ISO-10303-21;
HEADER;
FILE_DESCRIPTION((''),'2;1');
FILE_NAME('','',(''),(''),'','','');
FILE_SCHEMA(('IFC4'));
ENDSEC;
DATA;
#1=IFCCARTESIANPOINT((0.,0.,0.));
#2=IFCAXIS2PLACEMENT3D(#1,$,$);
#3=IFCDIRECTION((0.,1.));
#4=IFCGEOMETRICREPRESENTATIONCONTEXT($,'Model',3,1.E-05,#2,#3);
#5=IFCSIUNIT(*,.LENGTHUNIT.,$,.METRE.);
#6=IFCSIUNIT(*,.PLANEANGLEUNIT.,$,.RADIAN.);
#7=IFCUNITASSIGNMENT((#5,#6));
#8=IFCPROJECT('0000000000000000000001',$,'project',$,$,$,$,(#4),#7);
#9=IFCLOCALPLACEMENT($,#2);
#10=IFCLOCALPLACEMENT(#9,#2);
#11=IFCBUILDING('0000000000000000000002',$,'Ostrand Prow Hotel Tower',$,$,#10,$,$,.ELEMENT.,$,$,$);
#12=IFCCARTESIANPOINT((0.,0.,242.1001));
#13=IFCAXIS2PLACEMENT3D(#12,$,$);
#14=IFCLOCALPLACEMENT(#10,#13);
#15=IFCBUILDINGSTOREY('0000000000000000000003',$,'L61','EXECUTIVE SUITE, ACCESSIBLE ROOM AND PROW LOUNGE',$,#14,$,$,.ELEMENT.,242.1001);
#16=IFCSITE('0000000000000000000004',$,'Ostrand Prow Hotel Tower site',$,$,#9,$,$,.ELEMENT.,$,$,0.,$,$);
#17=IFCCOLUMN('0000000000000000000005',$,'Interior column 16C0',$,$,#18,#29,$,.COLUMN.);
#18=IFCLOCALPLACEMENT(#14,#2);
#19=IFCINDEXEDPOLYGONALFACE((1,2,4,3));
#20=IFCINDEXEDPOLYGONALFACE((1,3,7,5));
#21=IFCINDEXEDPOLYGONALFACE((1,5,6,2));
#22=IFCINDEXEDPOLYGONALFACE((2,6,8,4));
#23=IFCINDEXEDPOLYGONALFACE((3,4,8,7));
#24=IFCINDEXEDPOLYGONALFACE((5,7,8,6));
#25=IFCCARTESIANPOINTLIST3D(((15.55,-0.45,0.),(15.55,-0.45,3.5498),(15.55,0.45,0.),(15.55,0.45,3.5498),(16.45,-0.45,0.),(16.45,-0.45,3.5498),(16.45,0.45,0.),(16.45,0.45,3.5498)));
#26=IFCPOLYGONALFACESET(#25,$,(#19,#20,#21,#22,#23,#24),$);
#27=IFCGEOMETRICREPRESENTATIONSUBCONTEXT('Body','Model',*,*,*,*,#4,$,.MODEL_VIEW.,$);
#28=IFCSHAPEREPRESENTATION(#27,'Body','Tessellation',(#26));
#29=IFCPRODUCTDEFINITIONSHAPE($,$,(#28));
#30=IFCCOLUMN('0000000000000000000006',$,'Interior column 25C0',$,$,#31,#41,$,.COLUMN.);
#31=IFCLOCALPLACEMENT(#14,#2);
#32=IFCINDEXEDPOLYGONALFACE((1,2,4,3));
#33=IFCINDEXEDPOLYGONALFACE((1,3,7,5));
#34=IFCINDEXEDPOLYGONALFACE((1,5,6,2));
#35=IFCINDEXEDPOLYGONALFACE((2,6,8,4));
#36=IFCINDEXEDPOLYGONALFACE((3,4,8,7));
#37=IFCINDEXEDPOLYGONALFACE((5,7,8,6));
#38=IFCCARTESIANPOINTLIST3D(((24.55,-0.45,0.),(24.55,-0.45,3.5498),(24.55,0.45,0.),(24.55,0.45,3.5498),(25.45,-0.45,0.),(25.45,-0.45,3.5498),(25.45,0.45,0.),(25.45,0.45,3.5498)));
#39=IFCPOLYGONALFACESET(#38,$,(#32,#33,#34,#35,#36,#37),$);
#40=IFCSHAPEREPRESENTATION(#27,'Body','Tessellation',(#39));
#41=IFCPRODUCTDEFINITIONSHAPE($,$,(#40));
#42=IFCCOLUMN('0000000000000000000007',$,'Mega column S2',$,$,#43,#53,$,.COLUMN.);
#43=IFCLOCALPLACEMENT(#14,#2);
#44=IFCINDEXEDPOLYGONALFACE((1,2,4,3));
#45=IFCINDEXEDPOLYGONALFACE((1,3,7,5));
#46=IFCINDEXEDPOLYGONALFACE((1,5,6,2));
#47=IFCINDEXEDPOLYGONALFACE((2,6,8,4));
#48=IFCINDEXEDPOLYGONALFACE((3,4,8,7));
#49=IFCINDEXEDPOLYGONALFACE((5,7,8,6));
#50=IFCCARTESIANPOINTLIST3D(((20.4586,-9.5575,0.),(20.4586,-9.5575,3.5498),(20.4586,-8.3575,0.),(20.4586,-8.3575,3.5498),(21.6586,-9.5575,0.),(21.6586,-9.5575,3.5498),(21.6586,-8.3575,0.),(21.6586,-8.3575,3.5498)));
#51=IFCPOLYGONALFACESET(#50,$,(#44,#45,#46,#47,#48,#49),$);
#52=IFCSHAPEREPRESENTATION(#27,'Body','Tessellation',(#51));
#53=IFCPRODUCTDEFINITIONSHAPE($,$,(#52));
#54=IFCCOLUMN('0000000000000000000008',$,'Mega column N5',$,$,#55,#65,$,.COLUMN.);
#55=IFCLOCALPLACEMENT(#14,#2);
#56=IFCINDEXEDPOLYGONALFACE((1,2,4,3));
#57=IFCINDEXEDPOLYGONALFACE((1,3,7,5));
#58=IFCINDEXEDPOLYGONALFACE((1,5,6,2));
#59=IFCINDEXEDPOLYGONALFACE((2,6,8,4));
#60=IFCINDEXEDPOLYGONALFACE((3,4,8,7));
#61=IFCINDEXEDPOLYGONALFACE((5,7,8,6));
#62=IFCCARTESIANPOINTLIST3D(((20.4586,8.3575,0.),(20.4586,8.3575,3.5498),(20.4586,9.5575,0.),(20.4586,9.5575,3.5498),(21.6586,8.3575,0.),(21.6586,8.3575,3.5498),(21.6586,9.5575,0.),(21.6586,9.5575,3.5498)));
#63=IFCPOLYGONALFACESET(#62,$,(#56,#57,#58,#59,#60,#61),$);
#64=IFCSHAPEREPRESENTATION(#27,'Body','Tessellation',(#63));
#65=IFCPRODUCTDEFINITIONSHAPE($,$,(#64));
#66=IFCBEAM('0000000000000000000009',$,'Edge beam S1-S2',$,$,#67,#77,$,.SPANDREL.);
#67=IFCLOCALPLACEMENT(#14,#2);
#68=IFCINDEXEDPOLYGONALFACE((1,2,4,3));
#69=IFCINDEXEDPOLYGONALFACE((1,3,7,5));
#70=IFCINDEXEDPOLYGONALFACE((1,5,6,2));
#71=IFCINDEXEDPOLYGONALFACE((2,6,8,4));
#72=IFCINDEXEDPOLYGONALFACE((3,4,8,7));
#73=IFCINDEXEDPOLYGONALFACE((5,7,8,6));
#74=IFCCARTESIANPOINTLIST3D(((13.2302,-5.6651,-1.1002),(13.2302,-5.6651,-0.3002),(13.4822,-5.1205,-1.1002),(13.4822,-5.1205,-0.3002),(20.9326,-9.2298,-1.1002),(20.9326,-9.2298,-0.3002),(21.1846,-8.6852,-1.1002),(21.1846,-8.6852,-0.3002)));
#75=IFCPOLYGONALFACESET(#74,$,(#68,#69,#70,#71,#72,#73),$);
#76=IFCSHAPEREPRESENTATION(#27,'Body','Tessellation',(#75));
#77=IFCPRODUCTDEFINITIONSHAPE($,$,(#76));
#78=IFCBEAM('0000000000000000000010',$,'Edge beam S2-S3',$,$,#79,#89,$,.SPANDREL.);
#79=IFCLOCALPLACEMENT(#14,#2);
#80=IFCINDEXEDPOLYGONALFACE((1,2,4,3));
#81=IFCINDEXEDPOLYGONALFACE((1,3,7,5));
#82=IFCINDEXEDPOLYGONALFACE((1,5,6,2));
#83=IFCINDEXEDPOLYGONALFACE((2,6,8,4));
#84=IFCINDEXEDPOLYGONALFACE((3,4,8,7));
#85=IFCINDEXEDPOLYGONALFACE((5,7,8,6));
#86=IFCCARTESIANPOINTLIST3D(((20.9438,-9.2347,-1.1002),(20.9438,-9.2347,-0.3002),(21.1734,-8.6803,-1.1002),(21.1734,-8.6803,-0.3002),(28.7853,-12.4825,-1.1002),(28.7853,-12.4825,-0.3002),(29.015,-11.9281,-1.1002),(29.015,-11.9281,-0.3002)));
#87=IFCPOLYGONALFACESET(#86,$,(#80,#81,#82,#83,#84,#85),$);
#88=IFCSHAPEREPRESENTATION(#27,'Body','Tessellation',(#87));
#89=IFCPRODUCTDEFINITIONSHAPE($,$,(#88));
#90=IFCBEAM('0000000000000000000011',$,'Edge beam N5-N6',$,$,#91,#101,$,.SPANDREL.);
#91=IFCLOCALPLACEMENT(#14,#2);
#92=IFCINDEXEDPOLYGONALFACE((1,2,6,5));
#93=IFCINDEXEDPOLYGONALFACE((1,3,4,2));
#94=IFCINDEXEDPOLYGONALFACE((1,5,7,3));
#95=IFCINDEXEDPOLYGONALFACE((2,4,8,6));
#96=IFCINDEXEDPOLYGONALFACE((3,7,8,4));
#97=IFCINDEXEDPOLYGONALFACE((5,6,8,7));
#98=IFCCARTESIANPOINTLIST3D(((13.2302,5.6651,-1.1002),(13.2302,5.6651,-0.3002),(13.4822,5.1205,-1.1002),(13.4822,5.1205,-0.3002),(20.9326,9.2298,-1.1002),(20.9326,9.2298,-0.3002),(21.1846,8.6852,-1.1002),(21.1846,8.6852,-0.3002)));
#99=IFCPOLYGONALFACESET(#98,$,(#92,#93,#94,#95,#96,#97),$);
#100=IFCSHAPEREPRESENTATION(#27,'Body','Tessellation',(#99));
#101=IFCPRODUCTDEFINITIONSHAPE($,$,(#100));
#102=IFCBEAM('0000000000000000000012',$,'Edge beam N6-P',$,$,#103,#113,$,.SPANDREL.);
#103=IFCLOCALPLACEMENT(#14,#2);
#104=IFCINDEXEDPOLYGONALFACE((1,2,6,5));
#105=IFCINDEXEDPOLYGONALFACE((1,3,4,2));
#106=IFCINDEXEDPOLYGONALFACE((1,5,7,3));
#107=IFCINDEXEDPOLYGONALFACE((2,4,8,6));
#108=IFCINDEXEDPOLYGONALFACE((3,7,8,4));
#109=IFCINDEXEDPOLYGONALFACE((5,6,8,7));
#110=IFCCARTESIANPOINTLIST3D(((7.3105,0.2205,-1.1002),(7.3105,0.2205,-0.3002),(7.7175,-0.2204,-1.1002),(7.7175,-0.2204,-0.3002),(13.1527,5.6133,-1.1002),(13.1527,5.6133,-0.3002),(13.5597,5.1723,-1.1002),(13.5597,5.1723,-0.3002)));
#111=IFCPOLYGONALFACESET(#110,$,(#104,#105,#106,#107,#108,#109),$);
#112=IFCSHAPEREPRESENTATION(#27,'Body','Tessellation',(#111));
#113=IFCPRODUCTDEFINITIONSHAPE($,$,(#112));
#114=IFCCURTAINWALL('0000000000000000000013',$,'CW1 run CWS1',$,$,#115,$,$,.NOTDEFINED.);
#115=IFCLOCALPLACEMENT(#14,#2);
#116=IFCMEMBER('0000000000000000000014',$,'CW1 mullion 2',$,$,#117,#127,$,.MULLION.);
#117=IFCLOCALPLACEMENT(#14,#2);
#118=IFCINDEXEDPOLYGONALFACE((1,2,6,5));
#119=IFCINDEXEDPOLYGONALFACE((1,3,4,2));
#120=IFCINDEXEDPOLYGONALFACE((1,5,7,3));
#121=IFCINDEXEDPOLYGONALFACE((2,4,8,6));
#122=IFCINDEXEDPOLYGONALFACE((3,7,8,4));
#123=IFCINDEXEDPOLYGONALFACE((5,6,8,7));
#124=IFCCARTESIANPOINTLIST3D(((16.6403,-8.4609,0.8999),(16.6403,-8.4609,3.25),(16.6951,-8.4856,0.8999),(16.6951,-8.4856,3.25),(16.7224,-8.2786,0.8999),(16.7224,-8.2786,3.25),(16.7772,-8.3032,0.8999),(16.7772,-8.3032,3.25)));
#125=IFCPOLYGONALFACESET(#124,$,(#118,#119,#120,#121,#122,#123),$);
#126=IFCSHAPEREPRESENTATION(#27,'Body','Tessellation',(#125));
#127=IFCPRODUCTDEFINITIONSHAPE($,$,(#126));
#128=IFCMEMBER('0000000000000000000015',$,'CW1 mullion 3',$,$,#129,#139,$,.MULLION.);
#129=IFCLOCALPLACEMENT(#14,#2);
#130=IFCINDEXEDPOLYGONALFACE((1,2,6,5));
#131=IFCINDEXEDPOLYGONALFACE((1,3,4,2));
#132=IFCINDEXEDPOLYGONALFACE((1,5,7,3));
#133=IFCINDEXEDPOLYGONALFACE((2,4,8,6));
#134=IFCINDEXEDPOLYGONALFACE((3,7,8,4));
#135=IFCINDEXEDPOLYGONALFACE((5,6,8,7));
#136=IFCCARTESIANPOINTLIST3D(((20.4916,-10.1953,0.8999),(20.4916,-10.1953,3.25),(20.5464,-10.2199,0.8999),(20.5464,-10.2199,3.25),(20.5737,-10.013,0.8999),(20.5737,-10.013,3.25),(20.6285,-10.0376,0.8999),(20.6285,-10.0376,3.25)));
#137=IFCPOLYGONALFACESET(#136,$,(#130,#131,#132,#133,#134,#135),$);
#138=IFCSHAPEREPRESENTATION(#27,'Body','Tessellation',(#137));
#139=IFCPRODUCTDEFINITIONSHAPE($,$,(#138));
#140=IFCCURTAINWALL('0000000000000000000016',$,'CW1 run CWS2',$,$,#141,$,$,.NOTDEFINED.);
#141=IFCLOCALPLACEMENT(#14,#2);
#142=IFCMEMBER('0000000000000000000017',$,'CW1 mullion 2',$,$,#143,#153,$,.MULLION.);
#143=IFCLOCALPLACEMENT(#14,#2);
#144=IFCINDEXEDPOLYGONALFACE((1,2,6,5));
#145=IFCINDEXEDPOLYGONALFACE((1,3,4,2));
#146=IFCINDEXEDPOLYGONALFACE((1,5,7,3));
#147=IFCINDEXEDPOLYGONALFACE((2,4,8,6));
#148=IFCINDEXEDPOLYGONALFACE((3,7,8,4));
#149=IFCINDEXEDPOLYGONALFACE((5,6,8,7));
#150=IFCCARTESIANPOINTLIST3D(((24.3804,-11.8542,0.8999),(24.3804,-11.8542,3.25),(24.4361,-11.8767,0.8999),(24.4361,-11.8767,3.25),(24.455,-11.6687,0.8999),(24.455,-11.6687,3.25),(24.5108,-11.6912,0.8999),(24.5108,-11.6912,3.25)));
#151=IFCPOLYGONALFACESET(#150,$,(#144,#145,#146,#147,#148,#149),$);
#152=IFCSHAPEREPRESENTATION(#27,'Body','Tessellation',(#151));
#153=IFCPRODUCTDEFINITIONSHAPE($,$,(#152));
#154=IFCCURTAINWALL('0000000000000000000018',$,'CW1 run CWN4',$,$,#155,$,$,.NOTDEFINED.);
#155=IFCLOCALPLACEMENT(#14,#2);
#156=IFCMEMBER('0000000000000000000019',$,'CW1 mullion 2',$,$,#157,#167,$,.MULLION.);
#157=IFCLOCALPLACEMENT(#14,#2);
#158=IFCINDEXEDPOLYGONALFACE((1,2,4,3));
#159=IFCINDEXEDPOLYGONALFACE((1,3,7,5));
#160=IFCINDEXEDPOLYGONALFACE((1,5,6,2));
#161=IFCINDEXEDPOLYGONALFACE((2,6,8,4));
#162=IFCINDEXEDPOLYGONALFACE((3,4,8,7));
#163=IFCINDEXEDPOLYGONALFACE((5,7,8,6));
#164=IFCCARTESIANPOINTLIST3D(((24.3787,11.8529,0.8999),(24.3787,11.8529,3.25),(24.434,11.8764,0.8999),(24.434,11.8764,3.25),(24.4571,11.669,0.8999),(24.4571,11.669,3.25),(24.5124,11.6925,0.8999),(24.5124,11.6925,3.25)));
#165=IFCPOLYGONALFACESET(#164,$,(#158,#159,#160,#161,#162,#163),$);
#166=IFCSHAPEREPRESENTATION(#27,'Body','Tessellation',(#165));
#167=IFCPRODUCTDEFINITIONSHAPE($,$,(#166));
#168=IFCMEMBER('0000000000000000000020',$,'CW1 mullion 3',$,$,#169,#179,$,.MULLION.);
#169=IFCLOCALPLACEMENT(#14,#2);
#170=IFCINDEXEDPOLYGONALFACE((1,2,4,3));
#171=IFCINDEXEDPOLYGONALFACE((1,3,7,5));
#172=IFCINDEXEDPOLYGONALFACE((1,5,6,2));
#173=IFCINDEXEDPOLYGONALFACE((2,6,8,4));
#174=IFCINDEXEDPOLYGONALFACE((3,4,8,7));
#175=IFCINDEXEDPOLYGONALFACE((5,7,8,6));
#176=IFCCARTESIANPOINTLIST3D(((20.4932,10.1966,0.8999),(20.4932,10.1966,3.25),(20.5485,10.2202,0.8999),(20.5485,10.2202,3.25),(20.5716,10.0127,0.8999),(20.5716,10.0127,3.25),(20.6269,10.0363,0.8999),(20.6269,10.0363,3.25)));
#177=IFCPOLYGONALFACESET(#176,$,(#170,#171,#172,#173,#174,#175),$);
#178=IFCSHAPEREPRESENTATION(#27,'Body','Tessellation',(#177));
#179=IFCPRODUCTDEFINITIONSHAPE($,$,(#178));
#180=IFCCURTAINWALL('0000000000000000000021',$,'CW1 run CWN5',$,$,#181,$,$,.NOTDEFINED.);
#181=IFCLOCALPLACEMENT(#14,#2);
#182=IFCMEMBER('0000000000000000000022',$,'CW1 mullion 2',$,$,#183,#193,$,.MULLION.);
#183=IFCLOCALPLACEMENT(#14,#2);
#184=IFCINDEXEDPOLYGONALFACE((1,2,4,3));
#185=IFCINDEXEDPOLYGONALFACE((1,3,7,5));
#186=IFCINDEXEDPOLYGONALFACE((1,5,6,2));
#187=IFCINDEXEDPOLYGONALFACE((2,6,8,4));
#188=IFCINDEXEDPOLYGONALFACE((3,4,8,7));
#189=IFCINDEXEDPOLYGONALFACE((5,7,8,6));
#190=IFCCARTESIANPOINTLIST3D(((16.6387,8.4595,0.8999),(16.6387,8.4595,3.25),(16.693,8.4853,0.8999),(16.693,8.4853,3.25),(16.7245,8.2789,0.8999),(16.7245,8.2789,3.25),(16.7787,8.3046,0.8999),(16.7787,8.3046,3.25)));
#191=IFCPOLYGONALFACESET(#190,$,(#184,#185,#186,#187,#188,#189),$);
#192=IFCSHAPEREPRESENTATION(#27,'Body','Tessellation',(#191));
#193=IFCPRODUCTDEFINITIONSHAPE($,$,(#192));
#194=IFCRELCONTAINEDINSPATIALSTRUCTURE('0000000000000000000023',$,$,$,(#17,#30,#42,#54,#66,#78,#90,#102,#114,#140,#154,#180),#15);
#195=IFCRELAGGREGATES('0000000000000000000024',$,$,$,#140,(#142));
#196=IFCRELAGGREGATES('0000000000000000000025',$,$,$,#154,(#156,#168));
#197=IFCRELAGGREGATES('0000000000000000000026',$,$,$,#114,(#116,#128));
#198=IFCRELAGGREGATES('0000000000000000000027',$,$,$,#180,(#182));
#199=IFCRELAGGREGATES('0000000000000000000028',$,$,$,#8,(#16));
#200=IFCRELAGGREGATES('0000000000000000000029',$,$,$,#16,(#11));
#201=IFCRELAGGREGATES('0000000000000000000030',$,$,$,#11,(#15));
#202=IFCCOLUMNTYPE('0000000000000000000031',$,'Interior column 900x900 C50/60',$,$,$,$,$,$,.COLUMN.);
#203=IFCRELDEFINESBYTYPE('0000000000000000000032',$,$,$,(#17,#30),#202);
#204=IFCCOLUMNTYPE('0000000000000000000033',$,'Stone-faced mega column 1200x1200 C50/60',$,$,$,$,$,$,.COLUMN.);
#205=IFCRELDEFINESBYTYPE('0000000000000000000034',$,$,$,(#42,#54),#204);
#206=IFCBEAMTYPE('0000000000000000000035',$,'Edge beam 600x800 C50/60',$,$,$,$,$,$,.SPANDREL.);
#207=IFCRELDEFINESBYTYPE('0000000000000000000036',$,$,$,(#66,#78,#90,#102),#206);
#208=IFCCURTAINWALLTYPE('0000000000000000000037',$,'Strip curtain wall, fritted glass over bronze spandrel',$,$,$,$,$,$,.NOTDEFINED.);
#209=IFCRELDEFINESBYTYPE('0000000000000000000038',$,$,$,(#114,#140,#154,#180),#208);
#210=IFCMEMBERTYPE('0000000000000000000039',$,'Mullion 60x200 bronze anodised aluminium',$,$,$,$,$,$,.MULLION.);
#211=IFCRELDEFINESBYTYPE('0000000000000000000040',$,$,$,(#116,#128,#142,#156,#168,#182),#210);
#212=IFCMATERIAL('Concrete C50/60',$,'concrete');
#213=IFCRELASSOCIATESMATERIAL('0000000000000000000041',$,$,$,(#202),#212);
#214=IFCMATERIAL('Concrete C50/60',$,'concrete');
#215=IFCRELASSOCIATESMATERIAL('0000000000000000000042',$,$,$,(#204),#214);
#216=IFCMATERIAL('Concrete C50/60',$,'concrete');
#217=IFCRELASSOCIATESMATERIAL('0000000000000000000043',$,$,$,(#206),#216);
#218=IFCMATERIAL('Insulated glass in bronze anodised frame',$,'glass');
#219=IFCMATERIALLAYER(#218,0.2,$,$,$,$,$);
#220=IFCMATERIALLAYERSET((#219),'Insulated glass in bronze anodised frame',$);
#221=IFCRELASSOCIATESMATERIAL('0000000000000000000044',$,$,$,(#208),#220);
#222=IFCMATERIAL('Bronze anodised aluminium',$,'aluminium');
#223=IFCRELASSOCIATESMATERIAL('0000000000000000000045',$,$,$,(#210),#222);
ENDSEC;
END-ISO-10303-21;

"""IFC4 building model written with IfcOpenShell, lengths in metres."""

from ifc_helpers import new_model, si_unit, direction, frame, origin, origin_2d, place, context, subcontext, project, spatial, rectangle, extrude, material, layer, layer_set, material_profile, profile_set, type_object, element, aggregate, save


model = new_model("IFC4")

# Units and contexts
model_context = context("Model", 3, precision=1e-05, world=origin(), true_north=direction((0.0, 1.0)))
body_context = subcontext(model_context, "Body", "Model", "MODEL_VIEW")
ifc_project = project(units=[si_unit("LENGTHUNIT", "METRE"), si_unit("PLANEANGLEUNIT", "RADIAN")], contexts=[model_context])

# Site, building, storey
site_placement = place(None, origin())
site = spatial("IfcSite", under=ifc_project, at=site_placement, Name="Ostrand Prow Hotel Tower site", CompositionType="ELEMENT", RefElevation=0.0)
building_placement = place(site_placement, origin())
building = spatial("IfcBuilding", under=site, at=building_placement, Name="Ostrand Prow Hotel Tower", CompositionType="ELEMENT")
storey_placement = place(building_placement, frame((0.0, 0.0, 242.1001)))
storey = spatial("IfcBuildingStorey", under=building, at=storey_placement, Name="L61", Description="EXECUTIVE SUITE, ACCESSIBLE ROOM AND PROW LOUNGE", CompositionType="ELEMENT", Elevation=242.1001)

# Columns
ifc_material_1 = material(Name="Concrete C50/60", Category="concrete")
ifc_material_profile_1 = material_profile(ifc_material_1, rectangle(XDim=0.8999, YDim=0.8999, at=origin_2d()), Name="RC 900x900")
ifc_profile_set_1 = profile_set([ifc_material_profile_1], Name="Concrete C50/60")
column_type_1 = type_object("IfcColumnType", Name="Interior column 900x900 C50/60", PredefinedType="COLUMN", material=ifc_profile_set_1)
for number, where, z_axis, x_axis, name in (
    (1, (16.0, 0.0, 0.0), (0.0, 0.0, 1.0), (1.0, 0.0, 0.0), "Interior column 16C0"),
    (2, (25.0, 0.0, 0.0), (0.0, 0.0, 1.0), (1.0, 0.0, 0.0), "Interior column 25C0"),
):
    element("IfcColumn", number, at=place(storey_placement, frame(where, z_axis=z_axis, x_axis=x_axis)), inside=storey, type_object=column_type_1, Name=name, PredefinedType="COLUMN", context=body_context, shape_type="SweptSolid", body=[
        extrude(rectangle(XDim=0.8999, YDim=0.8999, at=origin_2d()), origin(), (0.0, 0.0, 1.0), 3.5498),
    ])
ifc_material_2 = material(Name="Concrete C50/60", Category="concrete")
ifc_material_profile_2 = material_profile(ifc_material_2, rectangle(XDim=1.2, YDim=1.2, at=origin_2d()), Name="RC 1200x1200")
ifc_profile_set_2 = profile_set([ifc_material_profile_2], Name="Concrete C50/60")
column_type_2 = type_object("IfcColumnType", Name="Stone-faced mega column 1200x1200 C50/60", PredefinedType="COLUMN", material=ifc_profile_set_2)
for number, where, z_axis, x_axis, name in (
    (3, (21.0586, -8.9575, 0.0), (0.0, 0.0, 1.0), (1.0, 0.0, 0.0), "Mega column S2"),
    (4, (21.0586, 8.9575, 0.0), (0.0, 0.0, 1.0), (1.0, 0.0, 0.0), "Mega column N5"),
):
    element("IfcColumn", number, at=place(storey_placement, frame(where, z_axis=z_axis, x_axis=x_axis)), inside=storey, type_object=column_type_2, Name=name, PredefinedType="COLUMN", context=body_context, shape_type="SweptSolid", body=[
        extrude(rectangle(XDim=1.2, YDim=1.2, at=origin_2d()), origin(), (0.0, 0.0, 1.0), 3.5498),
    ])

# Beams
ifc_material_3 = material(Name="Concrete C50/60", Category="concrete")
ifc_material_profile_3 = material_profile(ifc_material_3, rectangle(XDim=0.6001, YDim=0.8, at=origin_2d()), Name="RC 600x800")
ifc_profile_set_3 = profile_set([ifc_material_profile_3], Name="Concrete C50/60")
beam_type = type_object("IfcBeamType", Name="Edge beam 600x800 C50/60", PredefinedType="SPANDREL", material=ifc_profile_set_3)
beam_1_placement = place(storey_placement, frame((13.3562, -5.3928, -0.7002), z_axis=(0.907522, -0.420005, 0.0), x_axis=(0.420005, 0.907522, 0.0)))
element("IfcBeam", 5, at=beam_1_placement, inside=storey, type_object=beam_type, Name="Edge beam S1-S2", PredefinedType="SPANDREL", context=body_context, shape_type="SweptSolid", body=[
    extrude(rectangle(XDim=0.6001, YDim=0.8, at=origin_2d()), origin(), (0.0, 0.0, 1.0), 8.4873),
])
beam_2_placement = place(storey_placement, frame((21.0586, -8.9575, -0.7002), z_axis=(0.923891, -0.382656, 0.0), x_axis=(0.382656, 0.923891, 0.0)))
element("IfcBeam", 6, at=beam_2_placement, inside=storey, type_object=beam_type, Name="Edge beam S2-S3", PredefinedType="SPANDREL", context=body_context, shape_type="SweptSolid", body=[
    extrude(rectangle(XDim=0.6001, YDim=0.8, at=origin_2d()), origin(), (0.0, 0.0, 1.0), 8.4875),
])
beam_3_placement = place(storey_placement, frame((21.0586, 8.9575, -0.7002), z_axis=(-0.907522, -0.420005, 0.0), x_axis=(0.420005, -0.907522, 0.0)))
element("IfcBeam", 7, at=beam_3_placement, inside=storey, type_object=beam_type, Name="Edge beam N5-N6", PredefinedType="SPANDREL", context=body_context, shape_type="SweptSolid", body=[
    extrude(rectangle(XDim=0.6001, YDim=0.8, at=origin_2d()), origin(), (0.0, 0.0, 1.0), 8.4873),
])
beam_4_placement = place(storey_placement, frame((13.3562, 5.3928, -0.7002), z_axis=(-0.734807, -0.678276, 0.0), x_axis=(0.678276, -0.734807, 0.0)))
element("IfcBeam", 8, at=beam_4_placement, inside=storey, type_object=beam_type, Name="Edge beam N6-P", PredefinedType="SPANDREL", context=body_context, shape_type="SweptSolid", body=[
    extrude(rectangle(XDim=0.6001, YDim=0.8, at=origin_2d()), origin(), (0.0, 0.0, 1.0), 7.9507),
])

# Curtain wall, members
ifc_material_4 = material(Name="Insulated glass in bronze anodised frame", Category="glass")
ifc_layer_1 = layer(ifc_material_4, 0.2)
ifc_layer_set_1 = layer_set([ifc_layer_1], Name="Insulated glass in bronze anodised frame")
curtain_wall_type = type_object("IfcCurtainWallType", Name="Strip curtain wall, fritted glass over bronze spandrel", PredefinedType="NOTDEFINED", material=ifc_layer_set_1)
curtain_wall_1_placement = place(storey_placement, origin())
curtain_wall_1 = element("IfcCurtainWall", 9, at=curtain_wall_1_placement, inside=storey, type_object=curtain_wall_type, Name="CW1 run CWS1", PredefinedType="NOTDEFINED")
ifc_material_5 = material(Name="Bronze anodised aluminium", Category="aluminium")
ifc_material_profile_4 = material_profile(ifc_material_5, rectangle(XDim=0.2, YDim=0.0601, at=origin_2d()), Name="Mullion 60x200 bronze anodised aluminium")
ifc_profile_set_4 = profile_set([ifc_material_profile_4], Name="Bronze anodised aluminium")
member_type_1 = type_object("IfcMemberType", Name="Mullion 60x200 bronze anodised aluminium", PredefinedType="MULLION", material=ifc_profile_set_4)
member_1_placement = place(storey_placement, frame((16.7087, -8.3821, 0.8999), z_axis=(0.0, 0.0, 1.0), x_axis=(0.410582, 0.911824, 0.0)))
member_1 = element("IfcMember", 10, at=member_1_placement, type_object=member_type_1, Name="CW1 mullion 2", PredefinedType="MULLION", context=body_context, shape_type="SweptSolid", body=[
    extrude(rectangle(XDim=0.2, YDim=0.0601, at=origin_2d()), origin(), (0.0, 0.0, 1.0), 2.3501),
])
member_2_placement = place(storey_placement, frame((20.5601, -10.1165, 0.8999), z_axis=(0.0, 0.0, 1.0), x_axis=(0.410582, 0.911824, 0.0)))
member_2 = element("IfcMember", 11, at=member_2_placement, type_object=member_type_1, Name="CW1 mullion 3", PredefinedType="MULLION", context=body_context, shape_type="SweptSolid", body=[
    extrude(rectangle(XDim=0.2, YDim=0.0601, at=origin_2d()), origin(), (0.0, 0.0, 1.0), 2.3501),
])

# Curtain wall, member
curtain_wall_2_placement = place(storey_placement, origin())
curtain_wall_2 = element("IfcCurtainWall", 12, at=curtain_wall_2_placement, inside=storey, type_object=curtain_wall_type, Name="CW1 run CWS2", PredefinedType="NOTDEFINED")
member_3_placement = place(storey_placement, frame((24.4456, -11.7727, 0.8999), z_axis=(0.0, 0.0, 1.0), x_axis=(0.373533, 0.927617, 0.0)))
member_3 = element("IfcMember", 13, at=member_3_placement, type_object=member_type_1, Name="CW1 mullion 2", PredefinedType="MULLION", context=body_context, shape_type="SweptSolid", body=[
    extrude(rectangle(XDim=0.2, YDim=0.0601, at=origin_2d()), origin(), (0.0, 0.0, 1.0), 2.3501),
])

# Curtain wall, members
curtain_wall_3_placement = place(storey_placement, origin())
curtain_wall_3 = element("IfcCurtainWall", 14, at=curtain_wall_3_placement, inside=storey, type_object=curtain_wall_type, Name="CW1 run CWN4", PredefinedType="NOTDEFINED")
member_4_placement = place(storey_placement, frame((24.4456, 11.7727, 0.8999), z_axis=(0.0, 0.0, 1.0), x_axis=(0.392136, -0.919907, 0.0)))
member_4 = element("IfcMember", 15, at=member_4_placement, type_object=member_type_1, Name="CW1 mullion 2", PredefinedType="MULLION", context=body_context, shape_type="SweptSolid", body=[
    extrude(rectangle(XDim=0.2, YDim=0.0601, at=origin_2d()), origin(), (0.0, 0.0, 1.0), 2.3501),
])
member_5_placement = place(storey_placement, frame((20.5601, 10.1165, 0.8999), z_axis=(0.0, 0.0, 1.0), x_axis=(0.392136, -0.919907, 0.0)))
member_5 = element("IfcMember", 16, at=member_5_placement, type_object=member_type_1, Name="CW1 mullion 3", PredefinedType="MULLION", context=body_context, shape_type="SweptSolid", body=[
    extrude(rectangle(XDim=0.2, YDim=0.0601, at=origin_2d()), origin(), (0.0, 0.0, 1.0), 2.3501),
])

# Curtain wall, member
curtain_wall_4_placement = place(storey_placement, origin())
curtain_wall_4 = element("IfcCurtainWall", 17, at=curtain_wall_4_placement, inside=storey, type_object=curtain_wall_type, Name="CW1 run CWN5", PredefinedType="NOTDEFINED")
member_6_placement = place(storey_placement, frame((16.7087, 8.3821, 0.8999), z_axis=(0.0, 0.0, 1.0), x_axis=(0.428861, -0.90337, 0.0)))
member_6 = element("IfcMember", 18, at=member_6_placement, type_object=member_type_1, Name="CW1 mullion 2", PredefinedType="MULLION", context=body_context, shape_type="SweptSolid", body=[
    extrude(rectangle(XDim=0.2, YDim=0.0601, at=origin_2d()), origin(), (0.0, 0.0, 1.0), 2.3501),
])

aggregate(curtain_wall_2, [member_3])
aggregate(curtain_wall_3, [member_4, member_5])
aggregate(curtain_wall_1, [member_1, member_2])
aggregate(curtain_wall_4, [member_6])

save(model, "model.ifc")
